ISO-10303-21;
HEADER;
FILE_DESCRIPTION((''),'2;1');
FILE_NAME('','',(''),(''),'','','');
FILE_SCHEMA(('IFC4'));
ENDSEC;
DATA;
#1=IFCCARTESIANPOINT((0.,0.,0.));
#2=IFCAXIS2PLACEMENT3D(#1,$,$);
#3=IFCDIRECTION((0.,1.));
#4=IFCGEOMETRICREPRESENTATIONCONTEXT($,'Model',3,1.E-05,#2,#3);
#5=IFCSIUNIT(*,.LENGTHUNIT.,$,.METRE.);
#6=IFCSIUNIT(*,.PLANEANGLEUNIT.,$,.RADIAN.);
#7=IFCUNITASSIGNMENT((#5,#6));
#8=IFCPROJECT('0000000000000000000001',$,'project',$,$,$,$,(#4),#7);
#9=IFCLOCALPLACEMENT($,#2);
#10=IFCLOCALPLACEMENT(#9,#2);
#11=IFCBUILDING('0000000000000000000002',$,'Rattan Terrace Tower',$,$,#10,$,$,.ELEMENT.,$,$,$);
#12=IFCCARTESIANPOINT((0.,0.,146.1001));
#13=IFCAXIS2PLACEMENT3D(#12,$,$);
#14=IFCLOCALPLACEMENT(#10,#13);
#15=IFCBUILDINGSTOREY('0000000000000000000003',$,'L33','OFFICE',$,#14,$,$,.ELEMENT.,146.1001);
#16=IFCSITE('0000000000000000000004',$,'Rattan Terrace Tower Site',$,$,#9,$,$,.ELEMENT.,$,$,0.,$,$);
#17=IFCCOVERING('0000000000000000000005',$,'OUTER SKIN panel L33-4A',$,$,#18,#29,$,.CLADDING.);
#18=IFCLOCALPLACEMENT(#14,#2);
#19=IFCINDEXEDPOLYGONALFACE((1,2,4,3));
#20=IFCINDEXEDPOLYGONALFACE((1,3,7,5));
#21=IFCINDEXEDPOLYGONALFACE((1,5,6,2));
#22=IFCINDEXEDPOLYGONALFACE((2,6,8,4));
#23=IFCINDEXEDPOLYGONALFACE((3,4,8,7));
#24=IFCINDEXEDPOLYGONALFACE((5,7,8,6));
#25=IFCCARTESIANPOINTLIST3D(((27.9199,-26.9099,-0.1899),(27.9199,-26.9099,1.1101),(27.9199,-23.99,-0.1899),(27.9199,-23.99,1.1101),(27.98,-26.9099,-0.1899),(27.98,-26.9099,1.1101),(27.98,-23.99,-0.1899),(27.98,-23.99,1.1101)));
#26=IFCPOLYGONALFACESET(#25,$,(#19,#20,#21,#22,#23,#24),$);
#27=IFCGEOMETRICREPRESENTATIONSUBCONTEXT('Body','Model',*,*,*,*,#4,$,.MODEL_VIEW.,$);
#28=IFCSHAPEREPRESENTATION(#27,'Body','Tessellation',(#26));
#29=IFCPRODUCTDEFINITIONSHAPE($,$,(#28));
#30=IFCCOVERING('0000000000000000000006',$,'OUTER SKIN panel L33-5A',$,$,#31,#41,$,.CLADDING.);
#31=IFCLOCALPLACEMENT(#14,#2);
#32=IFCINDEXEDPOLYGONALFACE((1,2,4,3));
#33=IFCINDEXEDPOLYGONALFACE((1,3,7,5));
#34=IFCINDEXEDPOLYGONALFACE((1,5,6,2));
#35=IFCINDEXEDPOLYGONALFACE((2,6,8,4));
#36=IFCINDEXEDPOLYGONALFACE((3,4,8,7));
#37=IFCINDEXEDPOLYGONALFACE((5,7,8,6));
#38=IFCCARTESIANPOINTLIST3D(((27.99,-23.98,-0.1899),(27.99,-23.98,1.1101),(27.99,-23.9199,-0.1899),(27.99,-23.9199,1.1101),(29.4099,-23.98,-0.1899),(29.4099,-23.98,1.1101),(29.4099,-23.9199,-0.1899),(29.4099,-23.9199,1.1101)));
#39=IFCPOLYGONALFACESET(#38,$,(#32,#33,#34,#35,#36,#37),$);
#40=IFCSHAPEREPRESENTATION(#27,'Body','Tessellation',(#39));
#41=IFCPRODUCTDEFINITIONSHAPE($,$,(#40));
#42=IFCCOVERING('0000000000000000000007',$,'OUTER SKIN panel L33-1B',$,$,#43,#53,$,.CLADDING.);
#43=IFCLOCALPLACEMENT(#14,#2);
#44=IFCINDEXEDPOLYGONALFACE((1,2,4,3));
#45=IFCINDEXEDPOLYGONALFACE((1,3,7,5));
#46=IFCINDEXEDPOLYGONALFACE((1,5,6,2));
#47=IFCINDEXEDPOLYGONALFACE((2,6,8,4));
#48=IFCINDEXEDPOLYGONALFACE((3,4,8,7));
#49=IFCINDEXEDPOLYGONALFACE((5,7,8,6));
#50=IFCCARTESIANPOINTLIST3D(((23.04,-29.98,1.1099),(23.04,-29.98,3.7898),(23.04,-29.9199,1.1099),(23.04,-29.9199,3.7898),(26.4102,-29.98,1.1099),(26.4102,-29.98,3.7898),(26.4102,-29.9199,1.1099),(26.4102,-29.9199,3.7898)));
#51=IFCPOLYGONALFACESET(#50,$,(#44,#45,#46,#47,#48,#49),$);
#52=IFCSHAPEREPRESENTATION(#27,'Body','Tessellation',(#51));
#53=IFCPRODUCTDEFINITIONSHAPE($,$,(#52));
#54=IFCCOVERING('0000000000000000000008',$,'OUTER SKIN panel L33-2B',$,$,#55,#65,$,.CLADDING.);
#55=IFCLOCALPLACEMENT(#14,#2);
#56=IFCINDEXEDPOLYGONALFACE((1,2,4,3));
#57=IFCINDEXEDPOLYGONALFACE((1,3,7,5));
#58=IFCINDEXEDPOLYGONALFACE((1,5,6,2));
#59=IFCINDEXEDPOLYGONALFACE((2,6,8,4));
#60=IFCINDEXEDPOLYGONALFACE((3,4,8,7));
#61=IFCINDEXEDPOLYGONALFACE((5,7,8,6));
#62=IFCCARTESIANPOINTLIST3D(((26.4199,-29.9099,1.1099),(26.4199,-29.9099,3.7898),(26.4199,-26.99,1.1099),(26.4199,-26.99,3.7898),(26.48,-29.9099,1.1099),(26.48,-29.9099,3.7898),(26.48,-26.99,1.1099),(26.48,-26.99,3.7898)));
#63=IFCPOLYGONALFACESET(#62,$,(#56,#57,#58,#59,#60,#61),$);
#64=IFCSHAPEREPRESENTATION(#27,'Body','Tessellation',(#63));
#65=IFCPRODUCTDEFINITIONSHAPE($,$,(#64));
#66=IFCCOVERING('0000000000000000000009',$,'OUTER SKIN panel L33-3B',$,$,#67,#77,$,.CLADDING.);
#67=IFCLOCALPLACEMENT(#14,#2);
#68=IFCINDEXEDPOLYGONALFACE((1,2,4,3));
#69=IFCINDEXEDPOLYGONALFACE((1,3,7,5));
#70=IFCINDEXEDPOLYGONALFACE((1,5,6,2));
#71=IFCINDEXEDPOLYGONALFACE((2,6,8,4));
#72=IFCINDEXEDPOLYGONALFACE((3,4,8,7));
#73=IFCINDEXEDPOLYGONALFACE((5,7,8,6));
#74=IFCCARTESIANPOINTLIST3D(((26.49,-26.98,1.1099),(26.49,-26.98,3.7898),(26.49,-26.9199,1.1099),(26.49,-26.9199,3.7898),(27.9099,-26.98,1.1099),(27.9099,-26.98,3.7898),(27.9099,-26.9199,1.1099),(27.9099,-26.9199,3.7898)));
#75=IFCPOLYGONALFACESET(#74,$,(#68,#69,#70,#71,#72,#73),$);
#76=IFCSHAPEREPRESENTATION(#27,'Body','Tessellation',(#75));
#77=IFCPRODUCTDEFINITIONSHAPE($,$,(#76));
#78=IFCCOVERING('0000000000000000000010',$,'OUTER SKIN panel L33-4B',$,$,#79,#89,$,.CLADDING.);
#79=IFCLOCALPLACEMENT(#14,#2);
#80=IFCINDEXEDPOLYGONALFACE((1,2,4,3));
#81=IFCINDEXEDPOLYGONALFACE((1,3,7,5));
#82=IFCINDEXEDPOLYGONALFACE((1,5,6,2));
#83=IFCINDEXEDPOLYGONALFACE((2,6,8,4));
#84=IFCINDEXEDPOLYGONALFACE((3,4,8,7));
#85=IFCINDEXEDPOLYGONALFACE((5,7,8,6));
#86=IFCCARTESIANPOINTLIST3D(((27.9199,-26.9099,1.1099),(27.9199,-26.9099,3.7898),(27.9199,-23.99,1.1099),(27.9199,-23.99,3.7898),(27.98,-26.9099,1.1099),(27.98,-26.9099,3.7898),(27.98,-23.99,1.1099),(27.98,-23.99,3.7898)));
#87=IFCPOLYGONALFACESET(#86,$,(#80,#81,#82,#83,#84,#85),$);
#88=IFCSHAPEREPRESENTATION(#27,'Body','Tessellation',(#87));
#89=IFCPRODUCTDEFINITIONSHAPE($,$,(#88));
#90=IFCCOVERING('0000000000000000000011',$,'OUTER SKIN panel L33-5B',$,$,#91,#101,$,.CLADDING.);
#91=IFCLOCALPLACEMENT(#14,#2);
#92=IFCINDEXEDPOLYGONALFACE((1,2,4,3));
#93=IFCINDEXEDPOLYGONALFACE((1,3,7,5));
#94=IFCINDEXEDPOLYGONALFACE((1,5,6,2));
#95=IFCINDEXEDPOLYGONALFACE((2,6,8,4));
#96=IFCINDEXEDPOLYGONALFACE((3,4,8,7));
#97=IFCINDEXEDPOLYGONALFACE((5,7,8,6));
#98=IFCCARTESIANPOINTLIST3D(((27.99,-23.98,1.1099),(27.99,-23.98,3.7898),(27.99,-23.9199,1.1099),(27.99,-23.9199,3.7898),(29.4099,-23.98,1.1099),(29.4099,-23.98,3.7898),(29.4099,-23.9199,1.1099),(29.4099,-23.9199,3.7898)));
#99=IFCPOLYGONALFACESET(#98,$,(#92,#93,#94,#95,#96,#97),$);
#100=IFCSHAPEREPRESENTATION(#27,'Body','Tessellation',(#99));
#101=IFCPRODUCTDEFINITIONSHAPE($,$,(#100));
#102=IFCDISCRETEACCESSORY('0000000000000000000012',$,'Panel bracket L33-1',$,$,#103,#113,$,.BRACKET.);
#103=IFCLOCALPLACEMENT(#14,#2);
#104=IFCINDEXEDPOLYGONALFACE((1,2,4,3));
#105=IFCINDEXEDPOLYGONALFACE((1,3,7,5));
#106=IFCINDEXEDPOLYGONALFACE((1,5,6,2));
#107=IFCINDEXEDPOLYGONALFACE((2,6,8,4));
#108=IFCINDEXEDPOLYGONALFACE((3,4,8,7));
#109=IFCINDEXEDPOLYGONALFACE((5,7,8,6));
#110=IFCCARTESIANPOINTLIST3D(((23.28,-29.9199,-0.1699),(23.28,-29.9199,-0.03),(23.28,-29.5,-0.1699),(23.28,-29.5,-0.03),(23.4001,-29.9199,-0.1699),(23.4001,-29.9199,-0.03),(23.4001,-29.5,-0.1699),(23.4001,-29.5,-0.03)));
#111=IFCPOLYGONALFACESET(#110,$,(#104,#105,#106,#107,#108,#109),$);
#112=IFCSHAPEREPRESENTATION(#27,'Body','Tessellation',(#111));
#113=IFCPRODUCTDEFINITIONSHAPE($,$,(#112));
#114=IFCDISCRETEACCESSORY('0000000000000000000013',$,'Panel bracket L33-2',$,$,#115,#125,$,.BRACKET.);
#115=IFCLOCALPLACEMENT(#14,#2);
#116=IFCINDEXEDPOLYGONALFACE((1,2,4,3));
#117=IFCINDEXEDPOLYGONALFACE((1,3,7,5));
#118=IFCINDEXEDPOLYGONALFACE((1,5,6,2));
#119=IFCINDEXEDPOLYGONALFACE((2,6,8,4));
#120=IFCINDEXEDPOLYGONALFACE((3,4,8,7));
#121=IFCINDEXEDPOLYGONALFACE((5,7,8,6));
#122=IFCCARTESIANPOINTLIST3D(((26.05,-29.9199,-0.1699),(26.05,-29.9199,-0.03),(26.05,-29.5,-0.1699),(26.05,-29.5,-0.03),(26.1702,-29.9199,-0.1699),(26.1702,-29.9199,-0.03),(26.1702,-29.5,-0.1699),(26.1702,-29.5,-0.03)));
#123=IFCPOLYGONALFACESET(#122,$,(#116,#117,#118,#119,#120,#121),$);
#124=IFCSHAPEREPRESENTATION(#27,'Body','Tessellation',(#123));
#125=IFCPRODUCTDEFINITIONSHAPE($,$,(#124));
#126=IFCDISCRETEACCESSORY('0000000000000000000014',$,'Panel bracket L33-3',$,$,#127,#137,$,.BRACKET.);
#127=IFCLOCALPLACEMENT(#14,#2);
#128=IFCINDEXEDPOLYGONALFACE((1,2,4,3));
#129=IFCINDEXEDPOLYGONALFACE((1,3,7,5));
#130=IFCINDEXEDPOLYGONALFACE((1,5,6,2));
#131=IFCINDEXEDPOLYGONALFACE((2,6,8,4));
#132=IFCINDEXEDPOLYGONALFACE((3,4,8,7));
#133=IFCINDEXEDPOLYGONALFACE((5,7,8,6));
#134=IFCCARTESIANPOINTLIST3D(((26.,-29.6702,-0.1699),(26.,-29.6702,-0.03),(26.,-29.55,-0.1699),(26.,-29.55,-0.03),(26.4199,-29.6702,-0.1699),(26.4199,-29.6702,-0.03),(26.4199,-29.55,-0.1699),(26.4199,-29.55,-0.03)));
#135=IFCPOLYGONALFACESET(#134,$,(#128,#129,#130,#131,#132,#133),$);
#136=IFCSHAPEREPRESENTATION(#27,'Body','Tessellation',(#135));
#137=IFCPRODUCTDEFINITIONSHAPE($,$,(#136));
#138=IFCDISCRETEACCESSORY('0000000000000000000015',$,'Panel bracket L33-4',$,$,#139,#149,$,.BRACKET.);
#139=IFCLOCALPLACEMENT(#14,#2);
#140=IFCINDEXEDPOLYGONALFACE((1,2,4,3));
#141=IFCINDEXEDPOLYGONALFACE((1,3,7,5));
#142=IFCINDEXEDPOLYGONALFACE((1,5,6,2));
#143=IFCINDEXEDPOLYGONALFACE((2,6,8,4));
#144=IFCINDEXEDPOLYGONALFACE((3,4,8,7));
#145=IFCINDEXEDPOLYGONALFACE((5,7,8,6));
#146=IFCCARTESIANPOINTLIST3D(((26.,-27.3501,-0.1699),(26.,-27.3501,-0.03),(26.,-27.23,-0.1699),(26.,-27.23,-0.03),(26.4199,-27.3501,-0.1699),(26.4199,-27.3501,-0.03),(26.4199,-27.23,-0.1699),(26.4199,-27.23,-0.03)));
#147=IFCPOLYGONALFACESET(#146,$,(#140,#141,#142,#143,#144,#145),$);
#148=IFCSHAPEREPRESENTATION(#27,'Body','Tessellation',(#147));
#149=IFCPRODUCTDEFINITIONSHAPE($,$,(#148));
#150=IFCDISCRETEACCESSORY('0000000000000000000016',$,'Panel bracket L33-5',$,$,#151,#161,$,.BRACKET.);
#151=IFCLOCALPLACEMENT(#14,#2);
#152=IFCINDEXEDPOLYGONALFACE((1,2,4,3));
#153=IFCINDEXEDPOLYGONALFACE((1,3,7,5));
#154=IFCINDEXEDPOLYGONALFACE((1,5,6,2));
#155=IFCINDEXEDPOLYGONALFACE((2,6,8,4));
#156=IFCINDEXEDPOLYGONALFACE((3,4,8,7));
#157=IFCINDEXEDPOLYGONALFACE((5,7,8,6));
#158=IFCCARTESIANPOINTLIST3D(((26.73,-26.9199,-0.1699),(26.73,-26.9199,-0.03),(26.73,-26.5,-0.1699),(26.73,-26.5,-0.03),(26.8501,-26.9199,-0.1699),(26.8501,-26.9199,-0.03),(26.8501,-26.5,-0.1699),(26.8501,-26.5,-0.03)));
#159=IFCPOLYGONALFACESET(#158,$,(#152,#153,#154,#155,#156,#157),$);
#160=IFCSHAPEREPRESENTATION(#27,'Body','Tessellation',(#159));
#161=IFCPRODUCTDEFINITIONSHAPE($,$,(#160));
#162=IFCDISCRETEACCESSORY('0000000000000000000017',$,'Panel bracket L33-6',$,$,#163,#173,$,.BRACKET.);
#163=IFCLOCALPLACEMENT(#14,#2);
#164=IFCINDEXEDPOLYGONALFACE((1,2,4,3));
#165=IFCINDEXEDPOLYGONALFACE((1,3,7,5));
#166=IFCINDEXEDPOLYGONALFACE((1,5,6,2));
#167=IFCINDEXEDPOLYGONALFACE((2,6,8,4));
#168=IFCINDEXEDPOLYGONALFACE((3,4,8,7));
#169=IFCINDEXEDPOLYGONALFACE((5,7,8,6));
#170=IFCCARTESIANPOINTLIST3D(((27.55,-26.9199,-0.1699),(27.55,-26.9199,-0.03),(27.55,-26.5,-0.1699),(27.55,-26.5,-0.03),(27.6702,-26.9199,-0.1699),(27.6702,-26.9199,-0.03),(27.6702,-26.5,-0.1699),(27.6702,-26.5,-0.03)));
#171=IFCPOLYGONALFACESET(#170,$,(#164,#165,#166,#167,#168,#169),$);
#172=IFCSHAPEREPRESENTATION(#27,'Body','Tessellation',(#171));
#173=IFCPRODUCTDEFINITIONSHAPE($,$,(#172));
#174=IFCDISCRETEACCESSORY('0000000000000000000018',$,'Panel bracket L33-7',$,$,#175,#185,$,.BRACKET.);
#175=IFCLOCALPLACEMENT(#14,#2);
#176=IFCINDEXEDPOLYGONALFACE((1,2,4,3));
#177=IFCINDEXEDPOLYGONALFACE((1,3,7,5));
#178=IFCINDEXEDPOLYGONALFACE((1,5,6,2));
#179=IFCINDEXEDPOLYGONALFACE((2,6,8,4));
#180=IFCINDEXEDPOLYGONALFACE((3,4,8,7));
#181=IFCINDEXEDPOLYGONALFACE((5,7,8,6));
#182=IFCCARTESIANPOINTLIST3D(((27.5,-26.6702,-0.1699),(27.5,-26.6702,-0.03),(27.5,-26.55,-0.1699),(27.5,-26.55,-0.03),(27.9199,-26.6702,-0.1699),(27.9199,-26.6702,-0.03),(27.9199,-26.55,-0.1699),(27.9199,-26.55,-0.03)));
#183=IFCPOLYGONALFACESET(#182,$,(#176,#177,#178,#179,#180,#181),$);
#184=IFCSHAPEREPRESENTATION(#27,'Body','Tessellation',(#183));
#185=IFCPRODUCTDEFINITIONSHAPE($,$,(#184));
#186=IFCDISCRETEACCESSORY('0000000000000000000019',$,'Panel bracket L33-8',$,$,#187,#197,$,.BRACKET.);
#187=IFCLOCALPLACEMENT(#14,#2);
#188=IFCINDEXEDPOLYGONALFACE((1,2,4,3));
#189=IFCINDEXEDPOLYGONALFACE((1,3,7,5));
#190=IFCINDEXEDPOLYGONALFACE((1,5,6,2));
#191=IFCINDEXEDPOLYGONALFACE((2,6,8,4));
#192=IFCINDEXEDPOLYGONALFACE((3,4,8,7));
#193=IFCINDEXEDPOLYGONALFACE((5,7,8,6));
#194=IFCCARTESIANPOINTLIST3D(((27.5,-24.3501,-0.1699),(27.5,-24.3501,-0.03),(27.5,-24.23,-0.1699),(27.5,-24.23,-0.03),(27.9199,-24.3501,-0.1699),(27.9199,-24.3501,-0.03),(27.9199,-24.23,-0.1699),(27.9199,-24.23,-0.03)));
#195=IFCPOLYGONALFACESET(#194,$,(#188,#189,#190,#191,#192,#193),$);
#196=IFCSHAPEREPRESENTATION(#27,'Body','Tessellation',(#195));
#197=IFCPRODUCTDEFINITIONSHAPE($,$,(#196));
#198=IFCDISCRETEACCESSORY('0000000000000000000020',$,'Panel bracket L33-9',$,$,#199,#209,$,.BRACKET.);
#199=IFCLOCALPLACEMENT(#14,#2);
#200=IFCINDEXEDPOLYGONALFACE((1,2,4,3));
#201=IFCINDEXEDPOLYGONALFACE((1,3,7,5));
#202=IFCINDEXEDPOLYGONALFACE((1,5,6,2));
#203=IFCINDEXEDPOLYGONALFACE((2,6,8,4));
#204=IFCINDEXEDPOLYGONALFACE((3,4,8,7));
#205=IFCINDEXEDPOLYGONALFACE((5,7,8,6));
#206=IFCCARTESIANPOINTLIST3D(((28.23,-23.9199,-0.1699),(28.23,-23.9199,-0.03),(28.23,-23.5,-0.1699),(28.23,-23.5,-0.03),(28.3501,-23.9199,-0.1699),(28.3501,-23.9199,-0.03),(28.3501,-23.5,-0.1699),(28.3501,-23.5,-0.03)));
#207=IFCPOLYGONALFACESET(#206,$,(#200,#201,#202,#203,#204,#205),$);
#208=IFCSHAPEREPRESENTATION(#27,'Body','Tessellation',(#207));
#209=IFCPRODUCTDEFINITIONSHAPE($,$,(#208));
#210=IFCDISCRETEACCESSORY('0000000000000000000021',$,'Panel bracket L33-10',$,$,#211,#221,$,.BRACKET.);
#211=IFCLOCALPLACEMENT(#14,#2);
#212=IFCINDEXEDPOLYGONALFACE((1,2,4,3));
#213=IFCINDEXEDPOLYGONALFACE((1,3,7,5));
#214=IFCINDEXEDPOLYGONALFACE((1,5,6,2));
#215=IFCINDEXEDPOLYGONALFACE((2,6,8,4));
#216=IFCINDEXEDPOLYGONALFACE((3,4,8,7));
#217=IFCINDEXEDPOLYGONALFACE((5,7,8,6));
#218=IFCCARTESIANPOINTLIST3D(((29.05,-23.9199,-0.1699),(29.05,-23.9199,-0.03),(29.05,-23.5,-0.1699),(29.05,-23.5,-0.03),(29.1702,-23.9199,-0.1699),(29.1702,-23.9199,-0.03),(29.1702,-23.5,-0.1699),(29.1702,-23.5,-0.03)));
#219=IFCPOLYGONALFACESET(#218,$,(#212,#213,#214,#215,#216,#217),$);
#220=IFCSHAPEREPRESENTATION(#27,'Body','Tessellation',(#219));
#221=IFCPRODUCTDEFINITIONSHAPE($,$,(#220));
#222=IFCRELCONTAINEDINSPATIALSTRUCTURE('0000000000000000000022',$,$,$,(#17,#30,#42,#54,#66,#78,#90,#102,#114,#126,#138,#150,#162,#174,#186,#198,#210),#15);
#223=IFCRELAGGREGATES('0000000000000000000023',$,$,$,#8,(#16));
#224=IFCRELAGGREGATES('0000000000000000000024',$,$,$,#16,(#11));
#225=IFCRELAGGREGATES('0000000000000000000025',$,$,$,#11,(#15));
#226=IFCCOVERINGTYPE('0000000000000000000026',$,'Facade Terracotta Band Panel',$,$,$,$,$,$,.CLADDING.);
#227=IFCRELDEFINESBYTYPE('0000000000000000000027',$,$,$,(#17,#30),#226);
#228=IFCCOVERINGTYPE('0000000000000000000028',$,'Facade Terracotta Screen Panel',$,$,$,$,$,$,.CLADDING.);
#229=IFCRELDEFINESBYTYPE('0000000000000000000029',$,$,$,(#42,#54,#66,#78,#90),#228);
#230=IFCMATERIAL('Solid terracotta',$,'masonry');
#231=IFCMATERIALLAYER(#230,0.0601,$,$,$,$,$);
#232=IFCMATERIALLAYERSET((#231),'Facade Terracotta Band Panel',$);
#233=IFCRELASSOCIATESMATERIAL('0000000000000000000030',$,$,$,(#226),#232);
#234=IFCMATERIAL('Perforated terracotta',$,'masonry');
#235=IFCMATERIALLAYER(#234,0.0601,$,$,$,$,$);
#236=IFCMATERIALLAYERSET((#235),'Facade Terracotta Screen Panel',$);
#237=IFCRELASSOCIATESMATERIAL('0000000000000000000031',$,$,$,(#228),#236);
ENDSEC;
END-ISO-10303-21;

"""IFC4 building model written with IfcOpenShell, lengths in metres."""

from ifc_helpers import new_model, si_unit, direction, frame, origin, origin_2d, place, context, subcontext, project, spatial, rectangle, extrude, material, layer, layer_set, type_object, element, save


model = new_model("IFC4")

# Units and contexts
model_context = context("Model", 3, precision=1e-05, world=origin(), true_north=direction((0.0, 1.0)))
body_context = subcontext(model_context, "Body", "Model", "MODEL_VIEW")
ifc_project = project(units=[si_unit("LENGTHUNIT", "METRE"), si_unit("PLANEANGLEUNIT", "RADIAN")], contexts=[model_context])

# Site, building, storey
site_placement = place(None, origin())
site = spatial("IfcSite", under=ifc_project, at=site_placement, Name="Rattan Terrace Tower Site", CompositionType="ELEMENT", RefElevation=0.0)
building_placement = place(site_placement, origin())
building = spatial("IfcBuilding", under=site, at=building_placement, Name="Rattan Terrace Tower", CompositionType="ELEMENT")
storey_placement = place(building_placement, frame((0.0, 0.0, 146.1001)))
storey = spatial("IfcBuildingStorey", under=building, at=storey_placement, Name="L33", Description="OFFICE", CompositionType="ELEMENT", Elevation=146.1001)

# Coverings
ifc_material_1 = material(Name="Solid terracotta", Category="masonry")
ifc_layer_1 = layer(ifc_material_1, 0.0601)
ifc_layer_set_1 = layer_set([ifc_layer_1], Name="Facade Terracotta Band Panel")
covering_type_1 = type_object("IfcCoveringType", Name="Facade Terracotta Band Panel", PredefinedType="CLADDING", material=ifc_layer_set_1)
covering_1_placement = place(storey_placement, frame((27.95, -25.45, -0.1899), z_axis=(0.0, 0.0, 1.0), x_axis=(0.0, 1.0, 0.0)))
element("IfcCovering", 1, at=covering_1_placement, inside=storey, type_object=covering_type_1, Name="OUTER SKIN panel L33-4A", PredefinedType="CLADDING", context=body_context, shape_type="SweptSolid", body=[
    extrude(rectangle(XDim=2.9199, YDim=0.0601, at=origin_2d()), origin(), (0.0, 0.0, 1.0), 1.3),
])
covering_2_placement = place(storey_placement, frame((28.7, -23.95, -0.1899), z_axis=(0.0, 0.0, 1.0), x_axis=(1.0, 0.0, 0.0)))
element("IfcCovering", 2, at=covering_2_placement, inside=storey, type_object=covering_type_1, Name="OUTER SKIN panel L33-5A", PredefinedType="CLADDING", context=body_context, shape_type="SweptSolid", body=[
    extrude(rectangle(XDim=1.4199, YDim=0.0601, at=origin_2d()), origin(), (0.0, 0.0, 1.0), 1.3),
])
ifc_material_2 = material(Name="Perforated terracotta", Category="masonry")
ifc_layer_2 = layer(ifc_material_2, 0.0601)
ifc_layer_set_2 = layer_set([ifc_layer_2], Name="Facade Terracotta Screen Panel")
covering_type_2 = type_object("IfcCoveringType", Name="Facade Terracotta Screen Panel", PredefinedType="CLADDING", material=ifc_layer_set_2)
covering_3_placement = place(storey_placement, frame((24.7251, -29.95, 1.1099), z_axis=(0.0, 0.0, 1.0), x_axis=(1.0, 0.0, 0.0)))
element("IfcCovering", 3, at=covering_3_placement, inside=storey, type_object=covering_type_2, Name="OUTER SKIN panel L33-1B", PredefinedType="CLADDING", context=body_context, shape_type="SweptSolid", body=[
    extrude(rectangle(XDim=3.3701, YDim=0.0601, at=origin_2d()), origin(), (0.0, 0.0, 1.0), 2.6799),
])
covering_4_placement = place(storey_placement, frame((26.45, -28.45, 1.1099), z_axis=(0.0, 0.0, 1.0), x_axis=(0.0, 1.0, 0.0)))
element("IfcCovering", 4, at=covering_4_placement, inside=storey, type_object=covering_type_2, Name="OUTER SKIN panel L33-2B", PredefinedType="CLADDING", context=body_context, shape_type="SweptSolid", body=[
    extrude(rectangle(XDim=2.9199, YDim=0.0601, at=origin_2d()), origin(), (0.0, 0.0, 1.0), 2.6799),
])
covering_5_placement = place(storey_placement, frame((27.2, -26.95, 1.1099), z_axis=(0.0, 0.0, 1.0), x_axis=(1.0, 0.0, 0.0)))
element("IfcCovering", 5, at=covering_5_placement, inside=storey, type_object=covering_type_2, Name="OUTER SKIN panel L33-3B", PredefinedType="CLADDING", context=body_context, shape_type="SweptSolid", body=[
    extrude(rectangle(XDim=1.4199, YDim=0.0601, at=origin_2d()), origin(), (0.0, 0.0, 1.0), 2.6799),
])
covering_6_placement = place(storey_placement, frame((27.95, -25.45, 1.1099), z_axis=(0.0, 0.0, 1.0), x_axis=(0.0, 1.0, 0.0)))
element("IfcCovering", 6, at=covering_6_placement, inside=storey, type_object=covering_type_2, Name="OUTER SKIN panel L33-4B", PredefinedType="CLADDING", context=body_context, shape_type="SweptSolid", body=[
    extrude(rectangle(XDim=2.9199, YDim=0.0601, at=origin_2d()), origin(), (0.0, 0.0, 1.0), 2.6799),
])
covering_7_placement = place(storey_placement, frame((28.7, -23.95, 1.1099), z_axis=(0.0, 0.0, 1.0), x_axis=(1.0, 0.0, 0.0)))
element("IfcCovering", 7, at=covering_7_placement, inside=storey, type_object=covering_type_2, Name="OUTER SKIN panel L33-5B", PredefinedType="CLADDING", context=body_context, shape_type="SweptSolid", body=[
    extrude(rectangle(XDim=1.4199, YDim=0.0601, at=origin_2d()), origin(), (0.0, 0.0, 1.0), 2.6799),
])

# Discrete accessories
for number, where, z_axis, x_axis, name in (
    (8, (23.3401, -29.71, -0.1699), (0.0, 0.0, 1.0), (1.0, 0.0, 0.0), "Panel bracket L33-1"),
    (9, (26.1101, -29.71, -0.1699), (0.0, 0.0, 1.0), (1.0, 0.0, 0.0), "Panel bracket L33-2"),
    (10, (26.21, -29.6101, -0.1699), (0.0, 0.0, 1.0), (0.0, 1.0, 0.0), "Panel bracket L33-3"),
    (11, (26.21, -27.29, -0.1699), (0.0, 0.0, 1.0), (0.0, 1.0, 0.0), "Panel bracket L33-4"),
    (12, (26.79, -26.71, -0.1699), (0.0, 0.0, 1.0), (1.0, 0.0, 0.0), "Panel bracket L33-5"),
    (13, (27.6101, -26.71, -0.1699), (0.0, 0.0, 1.0), (1.0, 0.0, 0.0), "Panel bracket L33-6"),
    (14, (27.71, -26.6101, -0.1699), (0.0, 0.0, 1.0), (0.0, 1.0, 0.0), "Panel bracket L33-7"),
    (15, (27.71, -24.29, -0.1699), (0.0, 0.0, 1.0), (0.0, 1.0, 0.0), "Panel bracket L33-8"),
    (16, (28.29, -23.71, -0.1699), (0.0, 0.0, 1.0), (1.0, 0.0, 0.0), "Panel bracket L33-9"),
    (17, (29.1101, -23.71, -0.1699), (0.0, 0.0, 1.0), (1.0, 0.0, 0.0), "Panel bracket L33-10"),
):
    element("IfcDiscreteAccessory", number, at=place(storey_placement, frame(where, z_axis=z_axis, x_axis=x_axis)), inside=storey, Name=name, PredefinedType="BRACKET", context=body_context, shape_type="SweptSolid", body=[
        extrude(rectangle(XDim=0.1201, YDim=0.4199, at=origin_2d()), origin(), (0.0, 0.0, 1.0), 0.1399),
    ])

save(model, "model.ifc")
